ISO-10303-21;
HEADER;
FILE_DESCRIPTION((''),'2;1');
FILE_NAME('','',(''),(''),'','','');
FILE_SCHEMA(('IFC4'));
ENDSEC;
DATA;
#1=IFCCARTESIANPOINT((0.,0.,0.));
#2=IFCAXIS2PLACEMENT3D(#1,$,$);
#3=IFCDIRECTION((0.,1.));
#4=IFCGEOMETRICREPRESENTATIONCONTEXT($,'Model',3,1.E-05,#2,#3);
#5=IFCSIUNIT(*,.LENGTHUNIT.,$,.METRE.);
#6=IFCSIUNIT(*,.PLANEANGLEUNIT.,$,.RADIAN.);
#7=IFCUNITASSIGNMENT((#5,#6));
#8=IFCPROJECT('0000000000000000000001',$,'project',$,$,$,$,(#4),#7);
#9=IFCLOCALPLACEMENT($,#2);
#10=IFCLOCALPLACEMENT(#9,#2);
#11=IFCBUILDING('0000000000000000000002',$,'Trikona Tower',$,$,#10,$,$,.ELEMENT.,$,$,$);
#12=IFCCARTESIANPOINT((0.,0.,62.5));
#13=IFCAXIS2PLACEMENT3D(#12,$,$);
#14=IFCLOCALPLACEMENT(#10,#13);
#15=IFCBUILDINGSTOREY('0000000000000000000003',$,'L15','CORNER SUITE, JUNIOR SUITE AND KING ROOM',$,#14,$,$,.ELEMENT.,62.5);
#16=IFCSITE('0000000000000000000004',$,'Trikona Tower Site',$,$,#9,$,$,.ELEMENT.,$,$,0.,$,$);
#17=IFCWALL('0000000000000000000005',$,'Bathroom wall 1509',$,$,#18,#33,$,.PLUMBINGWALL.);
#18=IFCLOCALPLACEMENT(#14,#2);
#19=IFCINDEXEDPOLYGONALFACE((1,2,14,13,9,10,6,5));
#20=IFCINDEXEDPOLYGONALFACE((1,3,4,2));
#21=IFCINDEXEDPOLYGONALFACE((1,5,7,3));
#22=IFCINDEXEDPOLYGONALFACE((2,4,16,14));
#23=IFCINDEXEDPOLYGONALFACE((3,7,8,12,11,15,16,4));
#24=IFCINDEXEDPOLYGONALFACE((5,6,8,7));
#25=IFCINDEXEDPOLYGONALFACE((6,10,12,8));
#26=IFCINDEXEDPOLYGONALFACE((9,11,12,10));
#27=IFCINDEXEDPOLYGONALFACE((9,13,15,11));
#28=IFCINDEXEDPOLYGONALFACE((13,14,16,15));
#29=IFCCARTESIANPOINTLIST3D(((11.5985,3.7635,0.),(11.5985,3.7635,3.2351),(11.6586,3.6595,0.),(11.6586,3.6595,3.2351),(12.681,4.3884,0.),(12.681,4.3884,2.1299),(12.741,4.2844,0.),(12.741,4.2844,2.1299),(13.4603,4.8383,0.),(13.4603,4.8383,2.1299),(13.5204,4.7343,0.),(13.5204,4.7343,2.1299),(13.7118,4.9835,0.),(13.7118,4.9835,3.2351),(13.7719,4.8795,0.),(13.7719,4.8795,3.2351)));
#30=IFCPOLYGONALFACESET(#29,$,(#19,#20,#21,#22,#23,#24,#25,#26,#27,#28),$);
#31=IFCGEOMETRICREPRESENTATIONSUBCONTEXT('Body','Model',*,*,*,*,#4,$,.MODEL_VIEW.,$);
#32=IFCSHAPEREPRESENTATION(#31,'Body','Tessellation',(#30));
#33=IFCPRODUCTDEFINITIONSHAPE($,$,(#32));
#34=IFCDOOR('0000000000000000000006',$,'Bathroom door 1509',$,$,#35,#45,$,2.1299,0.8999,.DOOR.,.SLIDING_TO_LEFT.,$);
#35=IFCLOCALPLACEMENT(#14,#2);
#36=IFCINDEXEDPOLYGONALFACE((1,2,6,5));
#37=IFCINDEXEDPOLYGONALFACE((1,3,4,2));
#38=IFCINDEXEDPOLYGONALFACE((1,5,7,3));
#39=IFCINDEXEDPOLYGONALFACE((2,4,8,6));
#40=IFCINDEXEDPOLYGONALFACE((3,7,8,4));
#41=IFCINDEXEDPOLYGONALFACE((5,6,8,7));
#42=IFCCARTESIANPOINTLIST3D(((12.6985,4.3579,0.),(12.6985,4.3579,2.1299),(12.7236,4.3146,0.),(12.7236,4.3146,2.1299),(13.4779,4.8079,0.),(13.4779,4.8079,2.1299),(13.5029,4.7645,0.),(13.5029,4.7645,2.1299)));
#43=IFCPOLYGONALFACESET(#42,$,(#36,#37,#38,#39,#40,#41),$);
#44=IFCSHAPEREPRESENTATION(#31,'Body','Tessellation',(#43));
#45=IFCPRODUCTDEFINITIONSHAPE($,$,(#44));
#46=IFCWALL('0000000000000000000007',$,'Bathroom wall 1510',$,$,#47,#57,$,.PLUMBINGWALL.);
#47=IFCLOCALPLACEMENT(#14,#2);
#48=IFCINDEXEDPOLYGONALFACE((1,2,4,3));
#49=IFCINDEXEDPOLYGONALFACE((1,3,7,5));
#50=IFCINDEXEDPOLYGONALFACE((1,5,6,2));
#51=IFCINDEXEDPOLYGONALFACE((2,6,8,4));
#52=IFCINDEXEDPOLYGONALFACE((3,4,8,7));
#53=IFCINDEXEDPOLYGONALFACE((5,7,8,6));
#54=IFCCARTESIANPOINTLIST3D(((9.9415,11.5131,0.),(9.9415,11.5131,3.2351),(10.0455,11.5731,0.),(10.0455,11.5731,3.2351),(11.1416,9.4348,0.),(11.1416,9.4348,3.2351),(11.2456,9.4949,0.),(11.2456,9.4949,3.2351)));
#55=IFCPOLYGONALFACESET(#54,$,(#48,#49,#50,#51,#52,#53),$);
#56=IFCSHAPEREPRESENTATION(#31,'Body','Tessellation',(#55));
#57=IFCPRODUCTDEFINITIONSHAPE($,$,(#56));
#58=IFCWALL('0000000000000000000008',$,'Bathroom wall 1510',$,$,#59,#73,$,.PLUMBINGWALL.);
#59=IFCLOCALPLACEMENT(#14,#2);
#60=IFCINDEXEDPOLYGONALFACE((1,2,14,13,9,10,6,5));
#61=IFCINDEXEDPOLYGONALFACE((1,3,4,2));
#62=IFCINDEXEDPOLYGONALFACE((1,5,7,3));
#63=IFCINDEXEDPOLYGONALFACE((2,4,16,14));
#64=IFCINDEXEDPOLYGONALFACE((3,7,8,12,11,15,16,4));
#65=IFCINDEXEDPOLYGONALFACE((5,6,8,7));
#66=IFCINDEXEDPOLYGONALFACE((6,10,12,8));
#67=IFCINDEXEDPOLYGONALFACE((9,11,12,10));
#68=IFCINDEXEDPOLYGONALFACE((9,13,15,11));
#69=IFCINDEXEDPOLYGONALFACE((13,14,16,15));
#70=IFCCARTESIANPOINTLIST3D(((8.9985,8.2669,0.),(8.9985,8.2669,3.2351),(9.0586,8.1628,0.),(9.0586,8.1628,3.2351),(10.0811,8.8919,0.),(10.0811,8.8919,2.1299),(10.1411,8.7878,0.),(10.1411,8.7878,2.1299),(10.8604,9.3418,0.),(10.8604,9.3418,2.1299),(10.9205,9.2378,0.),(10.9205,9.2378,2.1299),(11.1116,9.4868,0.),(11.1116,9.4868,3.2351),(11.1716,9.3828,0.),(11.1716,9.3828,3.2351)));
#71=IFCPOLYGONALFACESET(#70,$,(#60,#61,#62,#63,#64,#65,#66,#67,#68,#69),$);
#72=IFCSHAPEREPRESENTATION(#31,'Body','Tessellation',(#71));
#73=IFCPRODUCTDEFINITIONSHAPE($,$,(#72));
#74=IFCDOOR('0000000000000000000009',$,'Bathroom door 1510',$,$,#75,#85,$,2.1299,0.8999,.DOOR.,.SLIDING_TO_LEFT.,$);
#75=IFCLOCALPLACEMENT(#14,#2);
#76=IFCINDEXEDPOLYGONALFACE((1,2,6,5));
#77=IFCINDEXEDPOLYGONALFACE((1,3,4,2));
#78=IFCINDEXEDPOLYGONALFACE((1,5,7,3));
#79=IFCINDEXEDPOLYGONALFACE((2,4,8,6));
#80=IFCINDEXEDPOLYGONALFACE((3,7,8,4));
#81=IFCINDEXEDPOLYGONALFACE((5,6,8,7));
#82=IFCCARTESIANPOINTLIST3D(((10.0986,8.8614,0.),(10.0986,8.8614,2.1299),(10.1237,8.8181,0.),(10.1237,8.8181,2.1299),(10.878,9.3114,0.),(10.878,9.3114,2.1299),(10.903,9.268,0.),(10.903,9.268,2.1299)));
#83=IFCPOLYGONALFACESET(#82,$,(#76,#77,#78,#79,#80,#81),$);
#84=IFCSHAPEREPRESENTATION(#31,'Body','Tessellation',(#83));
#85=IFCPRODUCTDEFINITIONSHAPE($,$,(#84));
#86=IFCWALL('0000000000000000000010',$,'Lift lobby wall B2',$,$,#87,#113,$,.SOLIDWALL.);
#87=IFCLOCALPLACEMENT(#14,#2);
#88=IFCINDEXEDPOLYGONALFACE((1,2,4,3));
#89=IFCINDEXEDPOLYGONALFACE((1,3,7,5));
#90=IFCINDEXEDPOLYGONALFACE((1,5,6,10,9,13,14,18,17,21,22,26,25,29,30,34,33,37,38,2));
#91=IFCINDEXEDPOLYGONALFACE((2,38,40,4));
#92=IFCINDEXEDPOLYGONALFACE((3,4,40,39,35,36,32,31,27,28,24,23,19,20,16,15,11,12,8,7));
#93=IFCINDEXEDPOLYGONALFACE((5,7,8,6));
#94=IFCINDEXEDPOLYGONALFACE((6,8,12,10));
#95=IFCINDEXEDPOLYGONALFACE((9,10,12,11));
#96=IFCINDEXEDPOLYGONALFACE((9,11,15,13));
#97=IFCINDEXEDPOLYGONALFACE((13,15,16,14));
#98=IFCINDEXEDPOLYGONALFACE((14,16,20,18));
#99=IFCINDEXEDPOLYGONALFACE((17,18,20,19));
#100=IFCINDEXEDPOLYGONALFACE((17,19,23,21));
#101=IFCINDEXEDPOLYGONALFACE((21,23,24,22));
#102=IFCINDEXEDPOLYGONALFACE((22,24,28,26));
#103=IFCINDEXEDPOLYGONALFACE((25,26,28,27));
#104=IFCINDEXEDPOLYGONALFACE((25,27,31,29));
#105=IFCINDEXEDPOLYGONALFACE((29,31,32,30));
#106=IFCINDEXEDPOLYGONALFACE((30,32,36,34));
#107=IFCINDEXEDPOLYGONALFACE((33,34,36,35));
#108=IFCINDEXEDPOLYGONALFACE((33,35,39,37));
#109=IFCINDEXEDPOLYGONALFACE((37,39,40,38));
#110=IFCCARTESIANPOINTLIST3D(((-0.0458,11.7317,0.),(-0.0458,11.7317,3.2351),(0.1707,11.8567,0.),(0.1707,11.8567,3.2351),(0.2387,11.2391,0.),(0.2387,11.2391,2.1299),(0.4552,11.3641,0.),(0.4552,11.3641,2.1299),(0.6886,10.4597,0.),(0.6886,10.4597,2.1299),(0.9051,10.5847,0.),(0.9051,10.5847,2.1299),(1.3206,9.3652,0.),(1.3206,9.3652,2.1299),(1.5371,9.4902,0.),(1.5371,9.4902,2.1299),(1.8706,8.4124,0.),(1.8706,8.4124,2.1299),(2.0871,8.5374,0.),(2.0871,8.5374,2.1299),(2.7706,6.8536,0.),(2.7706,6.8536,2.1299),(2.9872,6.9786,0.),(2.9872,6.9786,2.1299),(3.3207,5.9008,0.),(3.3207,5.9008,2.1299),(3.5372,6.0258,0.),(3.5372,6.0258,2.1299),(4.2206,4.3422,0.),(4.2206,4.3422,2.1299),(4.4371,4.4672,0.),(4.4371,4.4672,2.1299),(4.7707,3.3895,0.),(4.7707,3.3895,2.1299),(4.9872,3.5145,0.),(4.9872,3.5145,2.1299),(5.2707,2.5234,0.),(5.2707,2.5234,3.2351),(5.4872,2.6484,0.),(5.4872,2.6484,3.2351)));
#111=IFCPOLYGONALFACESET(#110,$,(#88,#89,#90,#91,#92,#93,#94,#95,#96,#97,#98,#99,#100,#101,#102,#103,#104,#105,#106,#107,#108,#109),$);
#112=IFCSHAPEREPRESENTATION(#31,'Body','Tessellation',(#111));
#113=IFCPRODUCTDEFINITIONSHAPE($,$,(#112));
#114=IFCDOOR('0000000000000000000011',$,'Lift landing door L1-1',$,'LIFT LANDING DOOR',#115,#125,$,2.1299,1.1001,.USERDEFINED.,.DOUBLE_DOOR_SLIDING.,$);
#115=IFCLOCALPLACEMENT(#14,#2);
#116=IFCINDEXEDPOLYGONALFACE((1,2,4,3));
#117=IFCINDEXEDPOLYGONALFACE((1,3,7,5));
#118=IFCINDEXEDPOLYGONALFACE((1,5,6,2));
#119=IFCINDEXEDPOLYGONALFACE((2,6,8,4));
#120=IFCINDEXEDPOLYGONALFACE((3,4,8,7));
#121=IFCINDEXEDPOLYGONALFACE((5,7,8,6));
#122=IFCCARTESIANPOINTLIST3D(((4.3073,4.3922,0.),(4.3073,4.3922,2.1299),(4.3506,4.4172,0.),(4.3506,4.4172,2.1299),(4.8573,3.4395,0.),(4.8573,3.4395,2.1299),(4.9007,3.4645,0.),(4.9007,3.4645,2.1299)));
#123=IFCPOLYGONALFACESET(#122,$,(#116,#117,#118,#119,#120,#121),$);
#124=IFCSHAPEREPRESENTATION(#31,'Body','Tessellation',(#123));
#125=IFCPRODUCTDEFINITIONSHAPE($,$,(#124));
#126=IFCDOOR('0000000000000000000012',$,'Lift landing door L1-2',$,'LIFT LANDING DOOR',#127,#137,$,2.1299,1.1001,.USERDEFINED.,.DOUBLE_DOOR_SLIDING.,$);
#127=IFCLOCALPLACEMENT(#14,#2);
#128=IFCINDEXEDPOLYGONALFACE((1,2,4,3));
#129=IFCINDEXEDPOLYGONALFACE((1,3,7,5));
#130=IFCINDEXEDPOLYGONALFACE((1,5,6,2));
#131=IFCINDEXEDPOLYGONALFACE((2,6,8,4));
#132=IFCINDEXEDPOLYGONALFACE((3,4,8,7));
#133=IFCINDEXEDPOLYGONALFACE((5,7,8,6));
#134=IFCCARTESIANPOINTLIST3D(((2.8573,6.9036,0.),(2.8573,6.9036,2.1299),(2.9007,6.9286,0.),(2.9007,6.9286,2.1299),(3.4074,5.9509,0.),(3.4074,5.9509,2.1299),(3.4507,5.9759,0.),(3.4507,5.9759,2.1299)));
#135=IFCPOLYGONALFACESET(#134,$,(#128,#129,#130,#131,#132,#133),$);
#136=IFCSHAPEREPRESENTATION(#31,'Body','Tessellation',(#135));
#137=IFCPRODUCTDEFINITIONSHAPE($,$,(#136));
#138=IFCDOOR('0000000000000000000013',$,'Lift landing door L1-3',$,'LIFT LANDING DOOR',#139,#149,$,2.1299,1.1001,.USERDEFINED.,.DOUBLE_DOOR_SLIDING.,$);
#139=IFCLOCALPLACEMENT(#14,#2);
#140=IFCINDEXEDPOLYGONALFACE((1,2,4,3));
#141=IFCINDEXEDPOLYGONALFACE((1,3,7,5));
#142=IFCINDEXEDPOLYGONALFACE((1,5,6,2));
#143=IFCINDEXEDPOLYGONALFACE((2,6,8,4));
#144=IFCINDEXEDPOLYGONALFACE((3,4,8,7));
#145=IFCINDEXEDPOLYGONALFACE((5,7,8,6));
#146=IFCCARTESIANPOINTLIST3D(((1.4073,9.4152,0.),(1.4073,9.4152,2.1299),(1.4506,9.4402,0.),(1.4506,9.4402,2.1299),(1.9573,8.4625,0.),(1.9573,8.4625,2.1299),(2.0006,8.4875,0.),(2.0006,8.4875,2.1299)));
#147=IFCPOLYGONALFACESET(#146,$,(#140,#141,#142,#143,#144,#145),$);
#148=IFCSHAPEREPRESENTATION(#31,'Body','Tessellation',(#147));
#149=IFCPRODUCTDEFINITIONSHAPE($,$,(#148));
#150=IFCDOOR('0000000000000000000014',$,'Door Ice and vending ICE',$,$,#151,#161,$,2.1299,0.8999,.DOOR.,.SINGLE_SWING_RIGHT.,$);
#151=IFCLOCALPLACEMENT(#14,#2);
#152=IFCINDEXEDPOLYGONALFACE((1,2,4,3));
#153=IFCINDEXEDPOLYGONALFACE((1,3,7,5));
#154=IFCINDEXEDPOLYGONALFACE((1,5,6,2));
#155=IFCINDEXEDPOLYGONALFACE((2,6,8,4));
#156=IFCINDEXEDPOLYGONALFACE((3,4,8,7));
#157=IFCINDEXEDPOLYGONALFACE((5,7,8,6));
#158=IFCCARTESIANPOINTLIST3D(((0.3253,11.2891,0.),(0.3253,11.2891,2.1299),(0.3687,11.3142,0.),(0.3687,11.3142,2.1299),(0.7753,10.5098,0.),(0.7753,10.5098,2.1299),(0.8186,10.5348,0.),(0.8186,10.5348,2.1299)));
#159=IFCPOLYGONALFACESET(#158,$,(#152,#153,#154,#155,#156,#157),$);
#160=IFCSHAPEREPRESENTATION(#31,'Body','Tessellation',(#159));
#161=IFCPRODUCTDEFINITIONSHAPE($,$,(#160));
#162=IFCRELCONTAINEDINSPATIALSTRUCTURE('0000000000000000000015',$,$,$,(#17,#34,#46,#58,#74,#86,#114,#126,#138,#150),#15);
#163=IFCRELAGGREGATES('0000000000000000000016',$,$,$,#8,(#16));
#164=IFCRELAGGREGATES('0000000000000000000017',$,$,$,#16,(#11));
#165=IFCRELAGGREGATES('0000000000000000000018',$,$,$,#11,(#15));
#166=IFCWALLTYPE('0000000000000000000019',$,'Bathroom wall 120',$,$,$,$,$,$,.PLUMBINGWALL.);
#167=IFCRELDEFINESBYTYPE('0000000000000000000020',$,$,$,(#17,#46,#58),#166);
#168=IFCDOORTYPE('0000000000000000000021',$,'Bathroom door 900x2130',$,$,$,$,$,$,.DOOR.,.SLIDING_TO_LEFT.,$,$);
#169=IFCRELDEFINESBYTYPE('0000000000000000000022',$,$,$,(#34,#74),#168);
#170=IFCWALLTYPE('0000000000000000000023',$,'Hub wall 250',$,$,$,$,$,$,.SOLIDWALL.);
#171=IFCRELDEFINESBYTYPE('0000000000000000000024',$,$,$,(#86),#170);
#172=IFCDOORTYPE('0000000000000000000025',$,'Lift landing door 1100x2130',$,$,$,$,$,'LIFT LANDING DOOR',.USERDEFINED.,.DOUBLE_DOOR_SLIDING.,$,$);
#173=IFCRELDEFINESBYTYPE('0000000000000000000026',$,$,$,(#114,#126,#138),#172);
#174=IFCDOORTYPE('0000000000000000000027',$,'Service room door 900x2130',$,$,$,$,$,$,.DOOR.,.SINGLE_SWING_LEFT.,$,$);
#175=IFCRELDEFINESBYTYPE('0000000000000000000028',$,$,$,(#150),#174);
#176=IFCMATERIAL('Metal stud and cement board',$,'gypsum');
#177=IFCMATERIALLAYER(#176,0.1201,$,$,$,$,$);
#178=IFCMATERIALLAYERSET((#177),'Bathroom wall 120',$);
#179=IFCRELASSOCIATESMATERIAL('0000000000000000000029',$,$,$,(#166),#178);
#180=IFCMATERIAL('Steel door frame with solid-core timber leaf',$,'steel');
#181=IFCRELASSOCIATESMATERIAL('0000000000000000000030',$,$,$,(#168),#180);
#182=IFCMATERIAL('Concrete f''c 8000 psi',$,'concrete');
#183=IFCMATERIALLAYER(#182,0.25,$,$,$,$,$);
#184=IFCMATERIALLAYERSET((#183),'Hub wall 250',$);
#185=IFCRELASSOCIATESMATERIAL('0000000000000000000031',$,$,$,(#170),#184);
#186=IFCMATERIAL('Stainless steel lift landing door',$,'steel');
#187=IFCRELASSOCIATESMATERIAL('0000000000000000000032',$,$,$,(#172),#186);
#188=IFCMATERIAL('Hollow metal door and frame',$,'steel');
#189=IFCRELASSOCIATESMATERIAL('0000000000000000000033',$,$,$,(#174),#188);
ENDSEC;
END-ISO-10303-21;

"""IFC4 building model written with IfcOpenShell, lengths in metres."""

from ifc_helpers import new_model, si_unit, direction, frame, frame_2d, origin, place, context, subcontext, project, spatial, rectangle, extrude, material, layer, layer_set, type_object, element, fill, save


model = new_model("IFC4")

# Units and contexts
model_context = context("Model", 3, precision=1e-05, world=origin(), true_north=direction((0.0, 1.0)))
body_context = subcontext(model_context, "Body", "Model", "MODEL_VIEW")
ifc_project = project(units=[si_unit("LENGTHUNIT", "METRE"), si_unit("PLANEANGLEUNIT", "RADIAN")], contexts=[model_context])

# Site, building, storey
site_placement = place(None, origin())
site = spatial("IfcSite", under=ifc_project, at=site_placement, Name="Trikona Tower Site", CompositionType="ELEMENT", RefElevation=0.0)
building_placement = place(site_placement, origin())
building = spatial("IfcBuilding", under=site, at=building_placement, Name="Trikona Tower", CompositionType="ELEMENT")
storey_placement = place(building_placement, frame((0.0, 0.0, 62.5)))
storey = spatial("IfcBuildingStorey", under=building, at=storey_placement, Name="L15", Description="CORNER SUITE, JUNIOR SUITE AND KING ROOM", CompositionType="ELEMENT", Elevation=62.5)

# Shared definitions
ifc_material_1 = material(Name="Metal stud and cement board", Category="gypsum")
ifc_layer_1 = layer(ifc_material_1, 0.1201)
ifc_layer_set_1 = layer_set([ifc_layer_1], Name="Bathroom wall 120")
wall_type_1 = type_object("IfcWallType", Name="Bathroom wall 120", PredefinedType="PLUMBINGWALL", material=ifc_layer_set_1)

# Wall, opening, door
wall_1_placement = place(storey_placement, frame((11.6284, 3.7114, 0.0), z_axis=(0.0, 0.0, 1.0), x_axis=(0.866049, 0.499959, 0.0)))
wall_1 = element("IfcWall", 1, at=wall_1_placement, inside=storey, type_object=wall_type_1, Name="Bathroom wall 1509", PredefinedType="PLUMBINGWALL", context=body_context, shape_type="SweptSolid", body=[
    extrude(rectangle(XDim=2.4402, YDim=0.1201, at=frame_2d((1.2202, 0.0))), origin(), (0.0, 0.0, 1.0), 3.2351),
])
opening_1_placement = place(wall_1_placement, frame((1.25, 0.0, 0.0)))
opening_1 = element("IfcOpeningElement", 2, at=opening_1_placement, cuts=wall_1, PredefinedType="OPENING", context=body_context, shape_type="SweptSolid", body=[
    extrude(rectangle(XDim=0.8999, YDim=2.1299, at=frame_2d((0.45, 1.0649))), frame((0.0, 0.0701, 0.0), z_axis=(0.0, -1.0, 0.0), x_axis=(1.0, 0.0, 0.0)), (0.0, 0.0, 1.0), 0.1401),
])
ifc_material_2 = material(Name="Steel door frame with solid-core timber leaf", Category="steel")
door_type_1 = type_object("IfcDoorType", Name="Bathroom door 900x2130", OperationType="SLIDING_TO_LEFT", PredefinedType="DOOR", material=ifc_material_2)
door_1_placement = place(opening_1_placement, origin())
door_1 = element("IfcDoor", 3, at=door_1_placement, inside=storey, type_object=door_type_1, Name="Bathroom door 1509", OperationType="SLIDING_TO_LEFT", OverallHeight=2.1299, OverallWidth=0.8999, PredefinedType="DOOR", context=body_context, shape_type="SweptSolid", body=[
    extrude(rectangle(XDim=0.8999, YDim=2.1299, at=frame_2d((0.45, 1.0649))), frame((0.0, 0.0249, 0.0), z_axis=(0.0, -1.0, 0.0), x_axis=(1.0, 0.0, 0.0)), (0.0, 0.0, 1.0), 0.05),
])
fill(opening_1, door_1)

# Wall
wall_2_placement = place(storey_placement, frame((11.1936, 9.4648, 0.0), z_axis=(0.0, 0.0, 1.0), x_axis=(-0.500078, 0.865981, 0.0)))
element("IfcWall", 4, at=wall_2_placement, inside=storey, type_object=wall_type_1, Name="Bathroom wall 1510", PredefinedType="PLUMBINGWALL", context=body_context, shape_type="SweptSolid", body=[
    extrude(rectangle(XDim=2.3999, YDim=0.1201, at=frame_2d((1.2, 0.0))), origin(), (0.0, 0.0, 1.0), 3.2351),
])

# Wall, opening, door
wall_3_placement = place(storey_placement, frame((9.0286, 8.2148, 0.0), z_axis=(0.0, 0.0, 1.0), x_axis=(0.866024, 0.500003, 0.0)))
wall_3 = element("IfcWall", 5, at=wall_3_placement, inside=storey, type_object=wall_type_1, Name="Bathroom wall 1510", PredefinedType="PLUMBINGWALL", context=body_context, shape_type="SweptSolid", body=[
    extrude(rectangle(XDim=2.4399, YDim=0.1201, at=frame_2d((1.22, 0.0))), origin(), (0.0, 0.0, 1.0), 3.2351),
])
opening_2_placement = place(wall_3_placement, frame((1.25, 0.0, 0.0)))
opening_2 = element("IfcOpeningElement", 6, at=opening_2_placement, cuts=wall_3, PredefinedType="OPENING", context=body_context, shape_type="SweptSolid", body=[
    extrude(rectangle(XDim=0.8999, YDim=2.1299, at=frame_2d((0.45, 1.0649))), frame((0.0, 0.0701, 0.0), z_axis=(0.0, -1.0, 0.0), x_axis=(1.0, 0.0, 0.0)), (0.0, 0.0, 1.0), 0.1401),
])
door_2_placement = place(opening_2_placement, origin())
door_2 = element("IfcDoor", 7, at=door_2_placement, inside=storey, type_object=door_type_1, Name="Bathroom door 1510", OperationType="SLIDING_TO_LEFT", OverallHeight=2.1299, OverallWidth=0.8999, PredefinedType="DOOR", context=body_context, shape_type="SweptSolid", body=[
    extrude(rectangle(XDim=0.8999, YDim=2.1299, at=frame_2d((0.45, 1.0649))), frame((0.0, 0.0249, 0.0), z_axis=(0.0, -1.0, 0.0), x_axis=(1.0, 0.0, 0.0)), (0.0, 0.0, 1.0), 0.05),
])
fill(opening_2, door_2)

# Wall, openings, doors
ifc_material_3 = material(Name="Concrete f'c 8000 psi", Category="concrete")
ifc_layer_2 = layer(ifc_material_3, 0.25)
ifc_layer_set_2 = layer_set([ifc_layer_2], Name="Hub wall 250")
wall_type_2 = type_object("IfcWallType", Name="Hub wall 250", PredefinedType="SOLIDWALL", material=ifc_layer_set_2)
wall_4_placement = place(storey_placement, frame((5.3789, 2.5859, 0.0), z_axis=(0.0, 0.0, 1.0), x_axis=(-0.500001, 0.866025, 0.0)))
wall_4 = element("IfcWall", 8, at=wall_4_placement, inside=storey, type_object=wall_type_2, Name="Lift lobby wall B2", PredefinedType="SOLIDWALL", context=body_context, shape_type="SweptSolid", body=[
    extrude(rectangle(XDim=10.6328, YDim=0.25, at=frame_2d((5.3164, 0.0))), origin(), (0.0, 0.0, 1.0), 3.2351),
])
opening_3_placement = place(wall_4_placement, frame((9.1641, 0.0, 0.0)))
opening_3 = element("IfcOpeningElement", 9, at=opening_3_placement, cuts=wall_4, PredefinedType="OPENING", context=body_context, shape_type="SweptSolid", body=[
    extrude(rectangle(XDim=0.8999, YDim=2.1299, at=frame_2d((0.45, 1.0649))), frame((0.0, 0.135, 0.0), z_axis=(0.0, -1.0, 0.0), x_axis=(1.0, 0.0, 0.0)), (0.0, 0.0, 1.0), 0.27),
])
opening_4_placement = place(wall_4_placement, frame((1.0, 0.0, 0.0)))
opening_4 = element("IfcOpeningElement", 10, at=opening_4_placement, cuts=wall_4, PredefinedType="OPENING", context=body_context, shape_type="SweptSolid", body=[
    extrude(rectangle(XDim=1.1001, YDim=2.1299, at=frame_2d((0.55, 1.0649))), frame((0.0, 0.135, 0.0), z_axis=(0.0, -1.0, 0.0), x_axis=(1.0, 0.0, 0.0)), (0.0, 0.0, 1.0), 0.27),
])
opening_5_placement = place(wall_4_placement, frame((3.8999, 0.0, 0.0)))
opening_5 = element("IfcOpeningElement", 11, at=opening_5_placement, cuts=wall_4, PredefinedType="OPENING", context=body_context, shape_type="SweptSolid", body=[
    extrude(rectangle(XDim=1.1001, YDim=2.1299, at=frame_2d((0.55, 1.0649))), frame((0.0, 0.135, 0.0), z_axis=(0.0, -1.0, 0.0), x_axis=(1.0, 0.0, 0.0)), (0.0, 0.0, 1.0), 0.27),
])
opening_6_placement = place(wall_4_placement, frame((6.8, 0.0, 0.0)))
opening_6 = element("IfcOpeningElement", 12, at=opening_6_placement, cuts=wall_4, PredefinedType="OPENING", context=body_context, shape_type="SweptSolid", body=[
    extrude(rectangle(XDim=1.1001, YDim=2.1299, at=frame_2d((0.55, 1.0649))), frame((0.0, 0.135, 0.0), z_axis=(0.0, -1.0, 0.0), x_axis=(1.0, 0.0, 0.0)), (0.0, 0.0, 1.0), 0.27),
])
ifc_material_4 = material(Name="Stainless steel lift landing door", Category="steel")
door_type_2 = type_object("IfcDoorType", Name="Lift landing door 1100x2130", ElementType="LIFT LANDING DOOR", OperationType="DOUBLE_DOOR_SLIDING", PredefinedType="USERDEFINED", material=ifc_material_4)
door_3_placement = place(opening_4_placement, origin())
door_3 = element("IfcDoor", 13, at=door_3_placement, inside=storey, type_object=door_type_2, Name="Lift landing door L1-1", ObjectType="LIFT LANDING DOOR", OperationType="DOUBLE_DOOR_SLIDING", OverallHeight=2.1299, OverallWidth=1.1001, PredefinedType="USERDEFINED", context=body_context, shape_type="SweptSolid", body=[
    extrude(rectangle(XDim=1.1001, YDim=2.1299, at=frame_2d((0.55, 1.0649))), frame((0.0, 0.0249, 0.0), z_axis=(0.0, -1.0, 0.0), x_axis=(1.0, 0.0, 0.0)), (0.0, 0.0, 1.0), 0.05),
])
fill(opening_4, door_3)
door_4_placement = place(opening_5_placement, origin())
door_4 = element("IfcDoor", 14, at=door_4_placement, inside=storey, type_object=door_type_2, Name="Lift landing door L1-2", ObjectType="LIFT LANDING DOOR", OperationType="DOUBLE_DOOR_SLIDING", OverallHeight=2.1299, OverallWidth=1.1001, PredefinedType="USERDEFINED", context=body_context, shape_type="SweptSolid", body=[
    extrude(rectangle(XDim=1.1001, YDim=2.1299, at=frame_2d((0.55, 1.0649))), frame((0.0, 0.0249, 0.0), z_axis=(0.0, -1.0, 0.0), x_axis=(1.0, 0.0, 0.0)), (0.0, 0.0, 1.0), 0.05),
])
fill(opening_5, door_4)
door_5_placement = place(opening_6_placement, origin())
door_5 = element("IfcDoor", 15, at=door_5_placement, inside=storey, type_object=door_type_2, Name="Lift landing door L1-3", ObjectType="LIFT LANDING DOOR", OperationType="DOUBLE_DOOR_SLIDING", OverallHeight=2.1299, OverallWidth=1.1001, PredefinedType="USERDEFINED", context=body_context, shape_type="SweptSolid", body=[
    extrude(rectangle(XDim=1.1001, YDim=2.1299, at=frame_2d((0.55, 1.0649))), frame((0.0, 0.0249, 0.0), z_axis=(0.0, -1.0, 0.0), x_axis=(1.0, 0.0, 0.0)), (0.0, 0.0, 1.0), 0.05),
])
fill(opening_6, door_5)
ifc_material_5 = material(Name="Hollow metal door and frame", Category="steel")
door_type_3 = type_object("IfcDoorType", Name="Service room door 900x2130", OperationType="SINGLE_SWING_LEFT", PredefinedType="DOOR", material=ifc_material_5)
door_6_placement = place(opening_3_placement, origin())
door_6 = element("IfcDoor", 16, at=door_6_placement, inside=storey, type_object=door_type_3, Name="Door Ice and vending ICE", OperationType="SINGLE_SWING_RIGHT", OverallHeight=2.1299, OverallWidth=0.8999, PredefinedType="DOOR", context=body_context, shape_type="SweptSolid", body=[
    extrude(rectangle(XDim=0.8999, YDim=2.1299, at=frame_2d((0.45, 1.0649))), frame((0.0, 0.0249, 0.0), z_axis=(0.0, -1.0, 0.0), x_axis=(1.0, 0.0, 0.0)), (0.0, 0.0, 1.0), 0.05),
])
fill(opening_3, door_6)

save(model, "model.ifc")
